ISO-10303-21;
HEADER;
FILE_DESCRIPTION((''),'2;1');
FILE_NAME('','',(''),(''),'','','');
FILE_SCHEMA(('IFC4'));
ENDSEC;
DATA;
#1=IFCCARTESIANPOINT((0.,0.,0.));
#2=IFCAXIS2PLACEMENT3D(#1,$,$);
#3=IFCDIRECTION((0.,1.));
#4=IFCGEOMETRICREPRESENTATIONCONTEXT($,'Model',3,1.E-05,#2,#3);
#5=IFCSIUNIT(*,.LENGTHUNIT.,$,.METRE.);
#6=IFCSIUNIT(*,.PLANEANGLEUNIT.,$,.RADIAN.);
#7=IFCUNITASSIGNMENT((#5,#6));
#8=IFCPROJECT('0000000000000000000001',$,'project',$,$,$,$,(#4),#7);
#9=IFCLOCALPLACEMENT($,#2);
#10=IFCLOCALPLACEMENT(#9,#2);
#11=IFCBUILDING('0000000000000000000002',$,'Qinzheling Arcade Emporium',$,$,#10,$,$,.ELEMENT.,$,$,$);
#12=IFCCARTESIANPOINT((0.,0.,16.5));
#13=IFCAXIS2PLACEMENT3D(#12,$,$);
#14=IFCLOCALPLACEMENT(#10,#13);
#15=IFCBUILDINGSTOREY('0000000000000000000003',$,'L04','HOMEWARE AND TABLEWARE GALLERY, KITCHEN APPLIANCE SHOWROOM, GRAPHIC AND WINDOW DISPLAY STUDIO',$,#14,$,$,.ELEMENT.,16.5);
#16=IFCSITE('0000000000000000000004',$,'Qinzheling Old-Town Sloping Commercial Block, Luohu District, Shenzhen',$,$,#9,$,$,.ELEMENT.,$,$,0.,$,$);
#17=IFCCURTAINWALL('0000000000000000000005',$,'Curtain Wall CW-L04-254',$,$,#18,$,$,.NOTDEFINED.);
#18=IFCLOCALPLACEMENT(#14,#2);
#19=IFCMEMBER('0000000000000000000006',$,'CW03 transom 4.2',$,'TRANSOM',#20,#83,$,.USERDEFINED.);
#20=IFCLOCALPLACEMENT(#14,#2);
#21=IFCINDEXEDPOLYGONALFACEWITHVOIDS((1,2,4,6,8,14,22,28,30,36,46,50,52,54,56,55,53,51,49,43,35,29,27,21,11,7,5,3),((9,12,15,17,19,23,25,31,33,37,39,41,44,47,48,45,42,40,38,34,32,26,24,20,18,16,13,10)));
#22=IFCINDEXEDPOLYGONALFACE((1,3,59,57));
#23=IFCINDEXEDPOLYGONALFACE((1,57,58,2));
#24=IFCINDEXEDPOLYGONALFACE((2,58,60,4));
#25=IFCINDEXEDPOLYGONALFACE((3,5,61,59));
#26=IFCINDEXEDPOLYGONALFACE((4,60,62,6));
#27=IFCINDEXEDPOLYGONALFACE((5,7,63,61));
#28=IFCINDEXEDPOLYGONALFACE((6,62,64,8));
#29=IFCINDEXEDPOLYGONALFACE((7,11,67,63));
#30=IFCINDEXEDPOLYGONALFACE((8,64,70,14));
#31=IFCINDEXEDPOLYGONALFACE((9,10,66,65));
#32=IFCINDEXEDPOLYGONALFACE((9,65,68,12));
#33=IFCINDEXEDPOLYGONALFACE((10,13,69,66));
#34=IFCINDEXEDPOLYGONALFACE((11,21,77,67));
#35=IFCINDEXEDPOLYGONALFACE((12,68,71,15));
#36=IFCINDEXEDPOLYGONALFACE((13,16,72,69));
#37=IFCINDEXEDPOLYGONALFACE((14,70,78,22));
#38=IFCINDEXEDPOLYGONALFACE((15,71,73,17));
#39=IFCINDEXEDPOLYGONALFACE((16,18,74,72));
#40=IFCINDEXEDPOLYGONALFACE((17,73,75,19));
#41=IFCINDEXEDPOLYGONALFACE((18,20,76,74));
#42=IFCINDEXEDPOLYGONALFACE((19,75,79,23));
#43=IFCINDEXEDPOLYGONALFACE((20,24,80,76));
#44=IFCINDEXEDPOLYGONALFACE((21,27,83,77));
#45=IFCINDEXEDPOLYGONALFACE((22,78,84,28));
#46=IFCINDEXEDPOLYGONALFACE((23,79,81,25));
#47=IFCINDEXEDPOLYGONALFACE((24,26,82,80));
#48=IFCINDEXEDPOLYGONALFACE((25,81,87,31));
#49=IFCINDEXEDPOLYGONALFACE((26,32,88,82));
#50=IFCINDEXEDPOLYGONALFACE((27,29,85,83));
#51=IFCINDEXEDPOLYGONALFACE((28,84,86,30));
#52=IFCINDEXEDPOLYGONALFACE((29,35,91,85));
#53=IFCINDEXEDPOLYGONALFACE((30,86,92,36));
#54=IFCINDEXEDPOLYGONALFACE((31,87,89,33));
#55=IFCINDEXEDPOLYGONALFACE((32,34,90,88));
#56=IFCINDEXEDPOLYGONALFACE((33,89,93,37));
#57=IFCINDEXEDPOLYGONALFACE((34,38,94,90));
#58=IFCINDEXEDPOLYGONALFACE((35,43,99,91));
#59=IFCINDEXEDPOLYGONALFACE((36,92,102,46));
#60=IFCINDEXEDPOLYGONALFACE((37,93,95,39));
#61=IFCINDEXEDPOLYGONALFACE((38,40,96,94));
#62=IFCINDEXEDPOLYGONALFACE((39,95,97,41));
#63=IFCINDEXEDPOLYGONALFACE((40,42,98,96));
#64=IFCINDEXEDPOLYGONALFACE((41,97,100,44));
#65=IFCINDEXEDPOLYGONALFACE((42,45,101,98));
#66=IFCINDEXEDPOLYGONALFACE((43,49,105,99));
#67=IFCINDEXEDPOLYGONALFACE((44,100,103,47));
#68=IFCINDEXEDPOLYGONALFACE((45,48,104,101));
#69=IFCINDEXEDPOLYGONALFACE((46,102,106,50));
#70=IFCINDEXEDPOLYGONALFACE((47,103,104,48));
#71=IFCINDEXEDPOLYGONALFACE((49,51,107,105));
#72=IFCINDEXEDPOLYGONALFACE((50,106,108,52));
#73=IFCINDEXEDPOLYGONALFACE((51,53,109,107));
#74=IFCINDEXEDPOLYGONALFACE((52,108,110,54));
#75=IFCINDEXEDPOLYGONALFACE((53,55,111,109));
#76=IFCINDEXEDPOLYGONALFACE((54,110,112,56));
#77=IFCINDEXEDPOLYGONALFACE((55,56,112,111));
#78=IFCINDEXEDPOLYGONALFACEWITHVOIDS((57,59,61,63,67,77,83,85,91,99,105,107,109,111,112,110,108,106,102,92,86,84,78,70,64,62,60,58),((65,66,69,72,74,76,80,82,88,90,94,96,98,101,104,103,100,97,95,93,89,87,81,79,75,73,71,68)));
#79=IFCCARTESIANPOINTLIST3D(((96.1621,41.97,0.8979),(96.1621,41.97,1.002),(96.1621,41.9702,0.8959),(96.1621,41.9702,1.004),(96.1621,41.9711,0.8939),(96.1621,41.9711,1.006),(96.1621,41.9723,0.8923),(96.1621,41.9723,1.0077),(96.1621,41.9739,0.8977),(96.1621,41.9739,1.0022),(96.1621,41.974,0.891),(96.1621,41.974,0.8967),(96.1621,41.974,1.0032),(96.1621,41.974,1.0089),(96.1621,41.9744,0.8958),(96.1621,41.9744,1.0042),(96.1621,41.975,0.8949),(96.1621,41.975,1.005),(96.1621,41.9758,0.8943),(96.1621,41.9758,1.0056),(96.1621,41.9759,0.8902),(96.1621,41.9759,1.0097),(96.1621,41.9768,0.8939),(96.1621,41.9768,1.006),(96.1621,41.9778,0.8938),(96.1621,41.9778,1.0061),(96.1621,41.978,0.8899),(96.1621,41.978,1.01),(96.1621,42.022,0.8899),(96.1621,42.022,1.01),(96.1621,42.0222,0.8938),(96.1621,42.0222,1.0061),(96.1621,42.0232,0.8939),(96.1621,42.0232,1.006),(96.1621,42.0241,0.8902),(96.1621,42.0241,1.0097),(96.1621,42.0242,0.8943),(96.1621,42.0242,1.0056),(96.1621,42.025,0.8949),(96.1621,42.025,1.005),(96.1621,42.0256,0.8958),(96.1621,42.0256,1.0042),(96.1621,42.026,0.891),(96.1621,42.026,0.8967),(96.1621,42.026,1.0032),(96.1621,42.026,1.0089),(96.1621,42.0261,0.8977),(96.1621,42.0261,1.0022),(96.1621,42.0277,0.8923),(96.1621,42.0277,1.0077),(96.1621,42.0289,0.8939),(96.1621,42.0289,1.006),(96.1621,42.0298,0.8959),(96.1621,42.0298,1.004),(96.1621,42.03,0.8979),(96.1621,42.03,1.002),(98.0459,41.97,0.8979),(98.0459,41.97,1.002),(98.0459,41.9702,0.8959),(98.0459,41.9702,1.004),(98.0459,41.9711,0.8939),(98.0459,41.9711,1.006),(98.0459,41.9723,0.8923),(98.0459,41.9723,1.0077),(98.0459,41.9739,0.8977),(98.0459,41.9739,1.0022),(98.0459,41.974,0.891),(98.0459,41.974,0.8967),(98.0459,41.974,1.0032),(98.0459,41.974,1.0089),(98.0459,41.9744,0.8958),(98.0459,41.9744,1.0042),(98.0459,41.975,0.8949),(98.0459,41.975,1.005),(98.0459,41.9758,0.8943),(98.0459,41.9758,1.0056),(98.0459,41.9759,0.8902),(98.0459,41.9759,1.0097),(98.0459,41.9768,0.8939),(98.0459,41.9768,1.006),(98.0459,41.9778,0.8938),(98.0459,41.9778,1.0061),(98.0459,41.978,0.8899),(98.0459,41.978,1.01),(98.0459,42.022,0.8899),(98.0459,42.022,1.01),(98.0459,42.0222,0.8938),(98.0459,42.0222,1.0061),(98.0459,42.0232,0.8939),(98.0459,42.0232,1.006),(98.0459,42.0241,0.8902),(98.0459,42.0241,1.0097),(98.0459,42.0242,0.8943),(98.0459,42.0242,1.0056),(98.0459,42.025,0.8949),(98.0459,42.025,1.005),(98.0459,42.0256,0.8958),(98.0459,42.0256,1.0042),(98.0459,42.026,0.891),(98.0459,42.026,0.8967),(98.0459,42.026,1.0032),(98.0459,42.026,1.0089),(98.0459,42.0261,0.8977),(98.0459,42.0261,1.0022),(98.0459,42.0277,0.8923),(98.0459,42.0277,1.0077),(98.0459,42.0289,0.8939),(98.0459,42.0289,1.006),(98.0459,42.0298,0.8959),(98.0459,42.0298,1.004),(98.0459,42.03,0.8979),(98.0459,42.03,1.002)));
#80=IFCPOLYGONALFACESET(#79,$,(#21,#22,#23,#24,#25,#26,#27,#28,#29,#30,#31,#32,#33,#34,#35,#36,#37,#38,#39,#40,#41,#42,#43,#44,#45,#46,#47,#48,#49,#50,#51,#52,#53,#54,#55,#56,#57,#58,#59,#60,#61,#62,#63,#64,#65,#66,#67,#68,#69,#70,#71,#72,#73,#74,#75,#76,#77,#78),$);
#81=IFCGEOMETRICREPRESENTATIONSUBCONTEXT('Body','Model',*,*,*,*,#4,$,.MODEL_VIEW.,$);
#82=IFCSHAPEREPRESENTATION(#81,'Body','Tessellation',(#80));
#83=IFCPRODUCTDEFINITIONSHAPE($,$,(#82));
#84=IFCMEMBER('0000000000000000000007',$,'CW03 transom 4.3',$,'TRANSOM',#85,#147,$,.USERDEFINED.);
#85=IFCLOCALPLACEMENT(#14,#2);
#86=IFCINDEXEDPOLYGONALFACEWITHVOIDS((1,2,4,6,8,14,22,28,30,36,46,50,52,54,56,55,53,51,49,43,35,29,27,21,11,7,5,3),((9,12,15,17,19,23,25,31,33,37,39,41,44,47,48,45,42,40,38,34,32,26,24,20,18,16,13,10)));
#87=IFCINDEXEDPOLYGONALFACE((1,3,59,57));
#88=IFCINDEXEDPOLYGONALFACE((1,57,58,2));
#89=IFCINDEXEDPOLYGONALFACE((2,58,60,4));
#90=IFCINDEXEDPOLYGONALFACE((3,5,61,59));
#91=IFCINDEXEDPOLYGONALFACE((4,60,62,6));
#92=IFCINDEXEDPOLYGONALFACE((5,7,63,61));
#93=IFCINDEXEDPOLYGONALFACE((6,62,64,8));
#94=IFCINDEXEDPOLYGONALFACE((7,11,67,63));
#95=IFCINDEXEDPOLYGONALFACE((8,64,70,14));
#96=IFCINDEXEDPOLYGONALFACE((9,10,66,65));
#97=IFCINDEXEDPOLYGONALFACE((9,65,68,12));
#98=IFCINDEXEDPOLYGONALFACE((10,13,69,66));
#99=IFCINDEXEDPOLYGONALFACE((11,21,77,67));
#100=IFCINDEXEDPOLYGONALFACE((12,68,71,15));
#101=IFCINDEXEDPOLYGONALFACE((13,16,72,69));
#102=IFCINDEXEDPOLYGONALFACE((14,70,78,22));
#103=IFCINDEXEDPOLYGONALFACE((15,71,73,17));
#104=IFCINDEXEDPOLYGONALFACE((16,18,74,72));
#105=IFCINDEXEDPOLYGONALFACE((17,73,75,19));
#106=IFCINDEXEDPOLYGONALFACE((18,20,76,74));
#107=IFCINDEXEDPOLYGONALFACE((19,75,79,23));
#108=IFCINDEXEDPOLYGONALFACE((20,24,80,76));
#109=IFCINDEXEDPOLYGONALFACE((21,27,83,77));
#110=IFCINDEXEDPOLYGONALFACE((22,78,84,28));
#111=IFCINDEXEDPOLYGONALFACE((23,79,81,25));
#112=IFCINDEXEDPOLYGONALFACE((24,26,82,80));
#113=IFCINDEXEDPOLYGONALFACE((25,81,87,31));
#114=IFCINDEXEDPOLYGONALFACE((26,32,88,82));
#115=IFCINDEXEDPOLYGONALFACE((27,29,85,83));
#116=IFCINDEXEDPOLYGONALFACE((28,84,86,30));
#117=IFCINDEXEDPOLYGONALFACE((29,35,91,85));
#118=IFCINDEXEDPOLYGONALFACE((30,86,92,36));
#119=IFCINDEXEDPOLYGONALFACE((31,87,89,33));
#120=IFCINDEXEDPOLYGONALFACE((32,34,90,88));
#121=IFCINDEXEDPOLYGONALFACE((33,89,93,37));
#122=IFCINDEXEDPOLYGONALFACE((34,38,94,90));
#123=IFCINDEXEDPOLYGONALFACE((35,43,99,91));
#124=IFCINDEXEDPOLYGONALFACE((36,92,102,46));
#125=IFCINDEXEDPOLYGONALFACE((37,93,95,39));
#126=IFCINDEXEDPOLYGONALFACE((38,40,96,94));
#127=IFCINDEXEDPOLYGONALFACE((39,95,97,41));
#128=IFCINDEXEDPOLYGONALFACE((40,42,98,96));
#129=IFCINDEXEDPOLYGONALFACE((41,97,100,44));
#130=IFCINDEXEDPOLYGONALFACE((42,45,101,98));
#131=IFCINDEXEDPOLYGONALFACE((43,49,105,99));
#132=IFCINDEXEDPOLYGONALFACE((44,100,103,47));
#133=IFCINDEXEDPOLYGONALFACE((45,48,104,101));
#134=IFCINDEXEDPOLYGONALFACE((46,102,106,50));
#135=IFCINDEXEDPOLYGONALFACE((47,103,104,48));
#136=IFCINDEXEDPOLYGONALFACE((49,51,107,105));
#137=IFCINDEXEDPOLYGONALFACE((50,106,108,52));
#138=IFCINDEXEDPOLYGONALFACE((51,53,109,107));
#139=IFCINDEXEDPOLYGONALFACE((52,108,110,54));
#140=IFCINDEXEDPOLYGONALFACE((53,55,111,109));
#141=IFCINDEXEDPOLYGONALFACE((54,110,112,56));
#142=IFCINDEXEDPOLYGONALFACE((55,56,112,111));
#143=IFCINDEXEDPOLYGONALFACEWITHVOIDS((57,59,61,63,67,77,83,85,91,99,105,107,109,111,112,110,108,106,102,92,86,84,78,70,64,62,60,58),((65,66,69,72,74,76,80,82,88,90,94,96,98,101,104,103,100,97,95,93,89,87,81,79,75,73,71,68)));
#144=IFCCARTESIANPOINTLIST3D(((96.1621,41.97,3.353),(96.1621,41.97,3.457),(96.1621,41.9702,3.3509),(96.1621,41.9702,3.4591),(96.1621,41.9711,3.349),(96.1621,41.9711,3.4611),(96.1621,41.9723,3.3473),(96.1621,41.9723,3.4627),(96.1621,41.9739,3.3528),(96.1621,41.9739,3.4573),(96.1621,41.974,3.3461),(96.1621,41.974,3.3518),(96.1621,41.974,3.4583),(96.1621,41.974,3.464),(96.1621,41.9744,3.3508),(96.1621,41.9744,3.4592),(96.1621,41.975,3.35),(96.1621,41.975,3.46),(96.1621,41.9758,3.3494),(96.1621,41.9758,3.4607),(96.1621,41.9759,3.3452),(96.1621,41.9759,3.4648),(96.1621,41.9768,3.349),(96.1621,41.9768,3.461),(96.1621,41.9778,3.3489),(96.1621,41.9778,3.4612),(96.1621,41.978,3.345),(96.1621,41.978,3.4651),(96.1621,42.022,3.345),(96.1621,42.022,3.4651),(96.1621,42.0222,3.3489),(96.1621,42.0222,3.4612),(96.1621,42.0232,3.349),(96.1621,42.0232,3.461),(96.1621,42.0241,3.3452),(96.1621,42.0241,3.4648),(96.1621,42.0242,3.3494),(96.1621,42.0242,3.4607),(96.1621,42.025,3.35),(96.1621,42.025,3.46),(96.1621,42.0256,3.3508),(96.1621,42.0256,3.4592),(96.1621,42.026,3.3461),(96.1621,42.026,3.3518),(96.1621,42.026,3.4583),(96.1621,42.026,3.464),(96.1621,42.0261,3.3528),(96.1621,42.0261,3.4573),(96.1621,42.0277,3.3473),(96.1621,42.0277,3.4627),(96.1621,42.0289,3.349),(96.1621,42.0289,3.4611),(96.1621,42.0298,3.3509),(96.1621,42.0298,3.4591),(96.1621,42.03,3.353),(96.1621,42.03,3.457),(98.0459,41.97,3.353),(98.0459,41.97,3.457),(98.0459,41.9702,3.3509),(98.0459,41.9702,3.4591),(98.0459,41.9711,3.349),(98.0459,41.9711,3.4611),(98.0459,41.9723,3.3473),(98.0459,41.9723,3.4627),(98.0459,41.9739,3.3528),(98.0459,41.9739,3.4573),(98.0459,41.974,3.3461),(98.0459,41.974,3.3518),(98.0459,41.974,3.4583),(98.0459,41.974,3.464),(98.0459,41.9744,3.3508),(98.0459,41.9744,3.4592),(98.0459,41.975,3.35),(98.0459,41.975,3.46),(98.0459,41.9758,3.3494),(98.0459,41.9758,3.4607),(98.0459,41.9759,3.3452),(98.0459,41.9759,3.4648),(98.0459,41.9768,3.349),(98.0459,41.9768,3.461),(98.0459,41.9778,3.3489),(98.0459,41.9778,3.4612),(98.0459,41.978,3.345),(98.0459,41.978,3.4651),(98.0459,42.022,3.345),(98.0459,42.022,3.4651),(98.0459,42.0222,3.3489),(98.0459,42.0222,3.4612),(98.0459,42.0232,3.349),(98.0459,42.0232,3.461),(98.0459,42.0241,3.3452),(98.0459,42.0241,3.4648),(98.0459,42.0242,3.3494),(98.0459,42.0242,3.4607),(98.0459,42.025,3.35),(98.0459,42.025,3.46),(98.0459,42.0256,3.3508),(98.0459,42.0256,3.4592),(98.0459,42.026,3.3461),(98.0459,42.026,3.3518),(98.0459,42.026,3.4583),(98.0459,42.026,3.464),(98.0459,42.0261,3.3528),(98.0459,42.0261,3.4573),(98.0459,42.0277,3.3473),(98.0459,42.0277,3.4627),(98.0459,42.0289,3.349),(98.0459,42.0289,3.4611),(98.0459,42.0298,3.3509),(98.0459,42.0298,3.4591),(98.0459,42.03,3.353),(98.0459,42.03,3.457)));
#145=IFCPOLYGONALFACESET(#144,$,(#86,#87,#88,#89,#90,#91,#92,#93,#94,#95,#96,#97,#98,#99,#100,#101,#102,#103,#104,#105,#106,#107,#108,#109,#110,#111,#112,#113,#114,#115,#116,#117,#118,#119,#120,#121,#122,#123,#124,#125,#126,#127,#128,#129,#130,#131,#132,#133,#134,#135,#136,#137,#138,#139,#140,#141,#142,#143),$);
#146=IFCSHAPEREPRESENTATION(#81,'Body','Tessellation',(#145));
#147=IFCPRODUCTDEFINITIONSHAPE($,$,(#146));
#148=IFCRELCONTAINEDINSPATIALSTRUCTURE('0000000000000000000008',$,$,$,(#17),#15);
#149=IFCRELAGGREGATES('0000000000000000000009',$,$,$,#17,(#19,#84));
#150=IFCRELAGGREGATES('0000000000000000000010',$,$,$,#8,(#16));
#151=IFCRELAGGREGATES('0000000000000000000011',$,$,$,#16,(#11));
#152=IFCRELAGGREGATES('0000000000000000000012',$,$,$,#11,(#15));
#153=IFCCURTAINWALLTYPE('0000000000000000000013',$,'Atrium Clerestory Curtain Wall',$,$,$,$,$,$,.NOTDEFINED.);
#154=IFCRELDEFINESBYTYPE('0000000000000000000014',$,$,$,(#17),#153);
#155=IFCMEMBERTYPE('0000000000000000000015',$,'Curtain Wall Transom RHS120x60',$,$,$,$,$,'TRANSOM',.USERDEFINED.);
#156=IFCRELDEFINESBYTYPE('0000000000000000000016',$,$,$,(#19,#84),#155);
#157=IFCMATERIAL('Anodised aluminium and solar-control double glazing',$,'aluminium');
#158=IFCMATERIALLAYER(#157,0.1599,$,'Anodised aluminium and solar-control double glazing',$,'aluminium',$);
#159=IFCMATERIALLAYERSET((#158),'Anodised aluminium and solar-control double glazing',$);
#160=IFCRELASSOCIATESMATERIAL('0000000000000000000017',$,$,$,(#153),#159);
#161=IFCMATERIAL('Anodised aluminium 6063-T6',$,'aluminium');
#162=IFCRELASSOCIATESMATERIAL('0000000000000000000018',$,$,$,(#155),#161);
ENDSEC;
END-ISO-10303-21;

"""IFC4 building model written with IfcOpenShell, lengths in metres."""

from ifc_helpers import new_model, si_unit, direction, frame, origin, origin_2d, place, context, subcontext, project, spatial, hollow_rectangle, extrude, material, layer, layer_set, material_profile, profile_set, type_object, element, aggregate, save


model = new_model("IFC4")

# Units and contexts
model_context = context("Model", 3, precision=1e-05, world=origin(), true_north=direction((0.0, 1.0)))
body_context = subcontext(model_context, "Body", "Model", "MODEL_VIEW")
ifc_project = project(units=[si_unit("LENGTHUNIT", "METRE"), si_unit("PLANEANGLEUNIT", "RADIAN")], contexts=[model_context])

# Site, building, storey
site_placement = place(None, origin())
site = spatial("IfcSite", under=ifc_project, at=site_placement, Name="Qinzheling Old-Town Sloping Commercial Block, Luohu District, Shenzhen", CompositionType="ELEMENT", RefElevation=0.0)
building_placement = place(site_placement, origin())
building = spatial("IfcBuilding", under=site, at=building_placement, Name="Qinzheling Arcade Emporium", CompositionType="ELEMENT")
storey_placement = place(building_placement, frame((0.0, 0.0, 16.5)))
storey = spatial("IfcBuildingStorey", under=building, at=storey_placement, Name="L04", Description="HOMEWARE AND TABLEWARE GALLERY, KITCHEN APPLIANCE SHOWROOM, GRAPHIC AND WINDOW DISPLAY STUDIO", CompositionType="ELEMENT", Elevation=16.5)

# Shared definitions
ifc_material_1 = material(Name="Anodised aluminium and solar-control double glazing", Category="aluminium")
ifc_material_2 = material(Name="Anodised aluminium 6063-T6", Category="aluminium")

# Curtain wall, members
ifc_layer_1 = layer(ifc_material_1, 0.1599, Name="Anodised aluminium and solar-control double glazing", Category="aluminium")
ifc_layer_set_1 = layer_set([ifc_layer_1], Name="Anodised aluminium and solar-control double glazing")
curtain_wall_type_1 = type_object("IfcCurtainWallType", Name="Atrium Clerestory Curtain Wall", PredefinedType="NOTDEFINED", material=ifc_layer_set_1)
curtain_wall_1_placement = place(storey_placement, origin())
curtain_wall_1 = element("IfcCurtainWall", 1, at=curtain_wall_1_placement, inside=storey, type_object=curtain_wall_type_1, Name="Curtain Wall CW-L04-254", PredefinedType="NOTDEFINED")
ifc_material_profile_1 = material_profile(ifc_material_2, hollow_rectangle(XDim=0.0601, YDim=0.1201, WallThickness=0.0039, InnerFilletRadius=0.0039, OuterFilletRadius=0.0081, at=origin_2d()), Name="RHS 120x60x4", Category="aluminium")
ifc_profile_set_1 = profile_set([ifc_material_profile_1], Name="Anodised aluminium 6063-T6")
member_type_1 = type_object("IfcMemberType", Name="Curtain Wall Transom RHS120x60", ElementType="TRANSOM", PredefinedType="USERDEFINED", material=ifc_profile_set_1)
member_1_placement = place(storey_placement, frame((98.0459, 42.0, 0.95), z_axis=(-1.0, 0.0, 0.0), x_axis=(0.0, -1.0, 0.0)))
member_1 = element("IfcMember", 2, at=member_1_placement, type_object=member_type_1, Name="CW03 transom 4.2", ObjectType="TRANSOM", PredefinedType="USERDEFINED", context=body_context, shape_type="SweptSolid", body=[
    extrude(hollow_rectangle(XDim=0.0601, YDim=0.1201, WallThickness=0.0039, InnerFilletRadius=0.0039, OuterFilletRadius=0.0081, at=origin_2d()), origin(), (0.0, 0.0, 1.0), 1.8838),
])
member_2_placement = place(storey_placement, frame((98.0459, 42.0, 3.405), z_axis=(-1.0, 0.0, 0.0), x_axis=(0.0, -1.0, 0.0)))
member_2 = element("IfcMember", 3, at=member_2_placement, type_object=member_type_1, Name="CW03 transom 4.3", ObjectType="TRANSOM", PredefinedType="USERDEFINED", context=body_context, shape_type="SweptSolid", body=[
    extrude(hollow_rectangle(XDim=0.0601, YDim=0.1201, WallThickness=0.0039, InnerFilletRadius=0.0039, OuterFilletRadius=0.0081, at=origin_2d()), origin(), (0.0, 0.0, 1.0), 1.8838),
])

aggregate(curtain_wall_1, [member_1, member_2])

save(model, "model.ifc")
